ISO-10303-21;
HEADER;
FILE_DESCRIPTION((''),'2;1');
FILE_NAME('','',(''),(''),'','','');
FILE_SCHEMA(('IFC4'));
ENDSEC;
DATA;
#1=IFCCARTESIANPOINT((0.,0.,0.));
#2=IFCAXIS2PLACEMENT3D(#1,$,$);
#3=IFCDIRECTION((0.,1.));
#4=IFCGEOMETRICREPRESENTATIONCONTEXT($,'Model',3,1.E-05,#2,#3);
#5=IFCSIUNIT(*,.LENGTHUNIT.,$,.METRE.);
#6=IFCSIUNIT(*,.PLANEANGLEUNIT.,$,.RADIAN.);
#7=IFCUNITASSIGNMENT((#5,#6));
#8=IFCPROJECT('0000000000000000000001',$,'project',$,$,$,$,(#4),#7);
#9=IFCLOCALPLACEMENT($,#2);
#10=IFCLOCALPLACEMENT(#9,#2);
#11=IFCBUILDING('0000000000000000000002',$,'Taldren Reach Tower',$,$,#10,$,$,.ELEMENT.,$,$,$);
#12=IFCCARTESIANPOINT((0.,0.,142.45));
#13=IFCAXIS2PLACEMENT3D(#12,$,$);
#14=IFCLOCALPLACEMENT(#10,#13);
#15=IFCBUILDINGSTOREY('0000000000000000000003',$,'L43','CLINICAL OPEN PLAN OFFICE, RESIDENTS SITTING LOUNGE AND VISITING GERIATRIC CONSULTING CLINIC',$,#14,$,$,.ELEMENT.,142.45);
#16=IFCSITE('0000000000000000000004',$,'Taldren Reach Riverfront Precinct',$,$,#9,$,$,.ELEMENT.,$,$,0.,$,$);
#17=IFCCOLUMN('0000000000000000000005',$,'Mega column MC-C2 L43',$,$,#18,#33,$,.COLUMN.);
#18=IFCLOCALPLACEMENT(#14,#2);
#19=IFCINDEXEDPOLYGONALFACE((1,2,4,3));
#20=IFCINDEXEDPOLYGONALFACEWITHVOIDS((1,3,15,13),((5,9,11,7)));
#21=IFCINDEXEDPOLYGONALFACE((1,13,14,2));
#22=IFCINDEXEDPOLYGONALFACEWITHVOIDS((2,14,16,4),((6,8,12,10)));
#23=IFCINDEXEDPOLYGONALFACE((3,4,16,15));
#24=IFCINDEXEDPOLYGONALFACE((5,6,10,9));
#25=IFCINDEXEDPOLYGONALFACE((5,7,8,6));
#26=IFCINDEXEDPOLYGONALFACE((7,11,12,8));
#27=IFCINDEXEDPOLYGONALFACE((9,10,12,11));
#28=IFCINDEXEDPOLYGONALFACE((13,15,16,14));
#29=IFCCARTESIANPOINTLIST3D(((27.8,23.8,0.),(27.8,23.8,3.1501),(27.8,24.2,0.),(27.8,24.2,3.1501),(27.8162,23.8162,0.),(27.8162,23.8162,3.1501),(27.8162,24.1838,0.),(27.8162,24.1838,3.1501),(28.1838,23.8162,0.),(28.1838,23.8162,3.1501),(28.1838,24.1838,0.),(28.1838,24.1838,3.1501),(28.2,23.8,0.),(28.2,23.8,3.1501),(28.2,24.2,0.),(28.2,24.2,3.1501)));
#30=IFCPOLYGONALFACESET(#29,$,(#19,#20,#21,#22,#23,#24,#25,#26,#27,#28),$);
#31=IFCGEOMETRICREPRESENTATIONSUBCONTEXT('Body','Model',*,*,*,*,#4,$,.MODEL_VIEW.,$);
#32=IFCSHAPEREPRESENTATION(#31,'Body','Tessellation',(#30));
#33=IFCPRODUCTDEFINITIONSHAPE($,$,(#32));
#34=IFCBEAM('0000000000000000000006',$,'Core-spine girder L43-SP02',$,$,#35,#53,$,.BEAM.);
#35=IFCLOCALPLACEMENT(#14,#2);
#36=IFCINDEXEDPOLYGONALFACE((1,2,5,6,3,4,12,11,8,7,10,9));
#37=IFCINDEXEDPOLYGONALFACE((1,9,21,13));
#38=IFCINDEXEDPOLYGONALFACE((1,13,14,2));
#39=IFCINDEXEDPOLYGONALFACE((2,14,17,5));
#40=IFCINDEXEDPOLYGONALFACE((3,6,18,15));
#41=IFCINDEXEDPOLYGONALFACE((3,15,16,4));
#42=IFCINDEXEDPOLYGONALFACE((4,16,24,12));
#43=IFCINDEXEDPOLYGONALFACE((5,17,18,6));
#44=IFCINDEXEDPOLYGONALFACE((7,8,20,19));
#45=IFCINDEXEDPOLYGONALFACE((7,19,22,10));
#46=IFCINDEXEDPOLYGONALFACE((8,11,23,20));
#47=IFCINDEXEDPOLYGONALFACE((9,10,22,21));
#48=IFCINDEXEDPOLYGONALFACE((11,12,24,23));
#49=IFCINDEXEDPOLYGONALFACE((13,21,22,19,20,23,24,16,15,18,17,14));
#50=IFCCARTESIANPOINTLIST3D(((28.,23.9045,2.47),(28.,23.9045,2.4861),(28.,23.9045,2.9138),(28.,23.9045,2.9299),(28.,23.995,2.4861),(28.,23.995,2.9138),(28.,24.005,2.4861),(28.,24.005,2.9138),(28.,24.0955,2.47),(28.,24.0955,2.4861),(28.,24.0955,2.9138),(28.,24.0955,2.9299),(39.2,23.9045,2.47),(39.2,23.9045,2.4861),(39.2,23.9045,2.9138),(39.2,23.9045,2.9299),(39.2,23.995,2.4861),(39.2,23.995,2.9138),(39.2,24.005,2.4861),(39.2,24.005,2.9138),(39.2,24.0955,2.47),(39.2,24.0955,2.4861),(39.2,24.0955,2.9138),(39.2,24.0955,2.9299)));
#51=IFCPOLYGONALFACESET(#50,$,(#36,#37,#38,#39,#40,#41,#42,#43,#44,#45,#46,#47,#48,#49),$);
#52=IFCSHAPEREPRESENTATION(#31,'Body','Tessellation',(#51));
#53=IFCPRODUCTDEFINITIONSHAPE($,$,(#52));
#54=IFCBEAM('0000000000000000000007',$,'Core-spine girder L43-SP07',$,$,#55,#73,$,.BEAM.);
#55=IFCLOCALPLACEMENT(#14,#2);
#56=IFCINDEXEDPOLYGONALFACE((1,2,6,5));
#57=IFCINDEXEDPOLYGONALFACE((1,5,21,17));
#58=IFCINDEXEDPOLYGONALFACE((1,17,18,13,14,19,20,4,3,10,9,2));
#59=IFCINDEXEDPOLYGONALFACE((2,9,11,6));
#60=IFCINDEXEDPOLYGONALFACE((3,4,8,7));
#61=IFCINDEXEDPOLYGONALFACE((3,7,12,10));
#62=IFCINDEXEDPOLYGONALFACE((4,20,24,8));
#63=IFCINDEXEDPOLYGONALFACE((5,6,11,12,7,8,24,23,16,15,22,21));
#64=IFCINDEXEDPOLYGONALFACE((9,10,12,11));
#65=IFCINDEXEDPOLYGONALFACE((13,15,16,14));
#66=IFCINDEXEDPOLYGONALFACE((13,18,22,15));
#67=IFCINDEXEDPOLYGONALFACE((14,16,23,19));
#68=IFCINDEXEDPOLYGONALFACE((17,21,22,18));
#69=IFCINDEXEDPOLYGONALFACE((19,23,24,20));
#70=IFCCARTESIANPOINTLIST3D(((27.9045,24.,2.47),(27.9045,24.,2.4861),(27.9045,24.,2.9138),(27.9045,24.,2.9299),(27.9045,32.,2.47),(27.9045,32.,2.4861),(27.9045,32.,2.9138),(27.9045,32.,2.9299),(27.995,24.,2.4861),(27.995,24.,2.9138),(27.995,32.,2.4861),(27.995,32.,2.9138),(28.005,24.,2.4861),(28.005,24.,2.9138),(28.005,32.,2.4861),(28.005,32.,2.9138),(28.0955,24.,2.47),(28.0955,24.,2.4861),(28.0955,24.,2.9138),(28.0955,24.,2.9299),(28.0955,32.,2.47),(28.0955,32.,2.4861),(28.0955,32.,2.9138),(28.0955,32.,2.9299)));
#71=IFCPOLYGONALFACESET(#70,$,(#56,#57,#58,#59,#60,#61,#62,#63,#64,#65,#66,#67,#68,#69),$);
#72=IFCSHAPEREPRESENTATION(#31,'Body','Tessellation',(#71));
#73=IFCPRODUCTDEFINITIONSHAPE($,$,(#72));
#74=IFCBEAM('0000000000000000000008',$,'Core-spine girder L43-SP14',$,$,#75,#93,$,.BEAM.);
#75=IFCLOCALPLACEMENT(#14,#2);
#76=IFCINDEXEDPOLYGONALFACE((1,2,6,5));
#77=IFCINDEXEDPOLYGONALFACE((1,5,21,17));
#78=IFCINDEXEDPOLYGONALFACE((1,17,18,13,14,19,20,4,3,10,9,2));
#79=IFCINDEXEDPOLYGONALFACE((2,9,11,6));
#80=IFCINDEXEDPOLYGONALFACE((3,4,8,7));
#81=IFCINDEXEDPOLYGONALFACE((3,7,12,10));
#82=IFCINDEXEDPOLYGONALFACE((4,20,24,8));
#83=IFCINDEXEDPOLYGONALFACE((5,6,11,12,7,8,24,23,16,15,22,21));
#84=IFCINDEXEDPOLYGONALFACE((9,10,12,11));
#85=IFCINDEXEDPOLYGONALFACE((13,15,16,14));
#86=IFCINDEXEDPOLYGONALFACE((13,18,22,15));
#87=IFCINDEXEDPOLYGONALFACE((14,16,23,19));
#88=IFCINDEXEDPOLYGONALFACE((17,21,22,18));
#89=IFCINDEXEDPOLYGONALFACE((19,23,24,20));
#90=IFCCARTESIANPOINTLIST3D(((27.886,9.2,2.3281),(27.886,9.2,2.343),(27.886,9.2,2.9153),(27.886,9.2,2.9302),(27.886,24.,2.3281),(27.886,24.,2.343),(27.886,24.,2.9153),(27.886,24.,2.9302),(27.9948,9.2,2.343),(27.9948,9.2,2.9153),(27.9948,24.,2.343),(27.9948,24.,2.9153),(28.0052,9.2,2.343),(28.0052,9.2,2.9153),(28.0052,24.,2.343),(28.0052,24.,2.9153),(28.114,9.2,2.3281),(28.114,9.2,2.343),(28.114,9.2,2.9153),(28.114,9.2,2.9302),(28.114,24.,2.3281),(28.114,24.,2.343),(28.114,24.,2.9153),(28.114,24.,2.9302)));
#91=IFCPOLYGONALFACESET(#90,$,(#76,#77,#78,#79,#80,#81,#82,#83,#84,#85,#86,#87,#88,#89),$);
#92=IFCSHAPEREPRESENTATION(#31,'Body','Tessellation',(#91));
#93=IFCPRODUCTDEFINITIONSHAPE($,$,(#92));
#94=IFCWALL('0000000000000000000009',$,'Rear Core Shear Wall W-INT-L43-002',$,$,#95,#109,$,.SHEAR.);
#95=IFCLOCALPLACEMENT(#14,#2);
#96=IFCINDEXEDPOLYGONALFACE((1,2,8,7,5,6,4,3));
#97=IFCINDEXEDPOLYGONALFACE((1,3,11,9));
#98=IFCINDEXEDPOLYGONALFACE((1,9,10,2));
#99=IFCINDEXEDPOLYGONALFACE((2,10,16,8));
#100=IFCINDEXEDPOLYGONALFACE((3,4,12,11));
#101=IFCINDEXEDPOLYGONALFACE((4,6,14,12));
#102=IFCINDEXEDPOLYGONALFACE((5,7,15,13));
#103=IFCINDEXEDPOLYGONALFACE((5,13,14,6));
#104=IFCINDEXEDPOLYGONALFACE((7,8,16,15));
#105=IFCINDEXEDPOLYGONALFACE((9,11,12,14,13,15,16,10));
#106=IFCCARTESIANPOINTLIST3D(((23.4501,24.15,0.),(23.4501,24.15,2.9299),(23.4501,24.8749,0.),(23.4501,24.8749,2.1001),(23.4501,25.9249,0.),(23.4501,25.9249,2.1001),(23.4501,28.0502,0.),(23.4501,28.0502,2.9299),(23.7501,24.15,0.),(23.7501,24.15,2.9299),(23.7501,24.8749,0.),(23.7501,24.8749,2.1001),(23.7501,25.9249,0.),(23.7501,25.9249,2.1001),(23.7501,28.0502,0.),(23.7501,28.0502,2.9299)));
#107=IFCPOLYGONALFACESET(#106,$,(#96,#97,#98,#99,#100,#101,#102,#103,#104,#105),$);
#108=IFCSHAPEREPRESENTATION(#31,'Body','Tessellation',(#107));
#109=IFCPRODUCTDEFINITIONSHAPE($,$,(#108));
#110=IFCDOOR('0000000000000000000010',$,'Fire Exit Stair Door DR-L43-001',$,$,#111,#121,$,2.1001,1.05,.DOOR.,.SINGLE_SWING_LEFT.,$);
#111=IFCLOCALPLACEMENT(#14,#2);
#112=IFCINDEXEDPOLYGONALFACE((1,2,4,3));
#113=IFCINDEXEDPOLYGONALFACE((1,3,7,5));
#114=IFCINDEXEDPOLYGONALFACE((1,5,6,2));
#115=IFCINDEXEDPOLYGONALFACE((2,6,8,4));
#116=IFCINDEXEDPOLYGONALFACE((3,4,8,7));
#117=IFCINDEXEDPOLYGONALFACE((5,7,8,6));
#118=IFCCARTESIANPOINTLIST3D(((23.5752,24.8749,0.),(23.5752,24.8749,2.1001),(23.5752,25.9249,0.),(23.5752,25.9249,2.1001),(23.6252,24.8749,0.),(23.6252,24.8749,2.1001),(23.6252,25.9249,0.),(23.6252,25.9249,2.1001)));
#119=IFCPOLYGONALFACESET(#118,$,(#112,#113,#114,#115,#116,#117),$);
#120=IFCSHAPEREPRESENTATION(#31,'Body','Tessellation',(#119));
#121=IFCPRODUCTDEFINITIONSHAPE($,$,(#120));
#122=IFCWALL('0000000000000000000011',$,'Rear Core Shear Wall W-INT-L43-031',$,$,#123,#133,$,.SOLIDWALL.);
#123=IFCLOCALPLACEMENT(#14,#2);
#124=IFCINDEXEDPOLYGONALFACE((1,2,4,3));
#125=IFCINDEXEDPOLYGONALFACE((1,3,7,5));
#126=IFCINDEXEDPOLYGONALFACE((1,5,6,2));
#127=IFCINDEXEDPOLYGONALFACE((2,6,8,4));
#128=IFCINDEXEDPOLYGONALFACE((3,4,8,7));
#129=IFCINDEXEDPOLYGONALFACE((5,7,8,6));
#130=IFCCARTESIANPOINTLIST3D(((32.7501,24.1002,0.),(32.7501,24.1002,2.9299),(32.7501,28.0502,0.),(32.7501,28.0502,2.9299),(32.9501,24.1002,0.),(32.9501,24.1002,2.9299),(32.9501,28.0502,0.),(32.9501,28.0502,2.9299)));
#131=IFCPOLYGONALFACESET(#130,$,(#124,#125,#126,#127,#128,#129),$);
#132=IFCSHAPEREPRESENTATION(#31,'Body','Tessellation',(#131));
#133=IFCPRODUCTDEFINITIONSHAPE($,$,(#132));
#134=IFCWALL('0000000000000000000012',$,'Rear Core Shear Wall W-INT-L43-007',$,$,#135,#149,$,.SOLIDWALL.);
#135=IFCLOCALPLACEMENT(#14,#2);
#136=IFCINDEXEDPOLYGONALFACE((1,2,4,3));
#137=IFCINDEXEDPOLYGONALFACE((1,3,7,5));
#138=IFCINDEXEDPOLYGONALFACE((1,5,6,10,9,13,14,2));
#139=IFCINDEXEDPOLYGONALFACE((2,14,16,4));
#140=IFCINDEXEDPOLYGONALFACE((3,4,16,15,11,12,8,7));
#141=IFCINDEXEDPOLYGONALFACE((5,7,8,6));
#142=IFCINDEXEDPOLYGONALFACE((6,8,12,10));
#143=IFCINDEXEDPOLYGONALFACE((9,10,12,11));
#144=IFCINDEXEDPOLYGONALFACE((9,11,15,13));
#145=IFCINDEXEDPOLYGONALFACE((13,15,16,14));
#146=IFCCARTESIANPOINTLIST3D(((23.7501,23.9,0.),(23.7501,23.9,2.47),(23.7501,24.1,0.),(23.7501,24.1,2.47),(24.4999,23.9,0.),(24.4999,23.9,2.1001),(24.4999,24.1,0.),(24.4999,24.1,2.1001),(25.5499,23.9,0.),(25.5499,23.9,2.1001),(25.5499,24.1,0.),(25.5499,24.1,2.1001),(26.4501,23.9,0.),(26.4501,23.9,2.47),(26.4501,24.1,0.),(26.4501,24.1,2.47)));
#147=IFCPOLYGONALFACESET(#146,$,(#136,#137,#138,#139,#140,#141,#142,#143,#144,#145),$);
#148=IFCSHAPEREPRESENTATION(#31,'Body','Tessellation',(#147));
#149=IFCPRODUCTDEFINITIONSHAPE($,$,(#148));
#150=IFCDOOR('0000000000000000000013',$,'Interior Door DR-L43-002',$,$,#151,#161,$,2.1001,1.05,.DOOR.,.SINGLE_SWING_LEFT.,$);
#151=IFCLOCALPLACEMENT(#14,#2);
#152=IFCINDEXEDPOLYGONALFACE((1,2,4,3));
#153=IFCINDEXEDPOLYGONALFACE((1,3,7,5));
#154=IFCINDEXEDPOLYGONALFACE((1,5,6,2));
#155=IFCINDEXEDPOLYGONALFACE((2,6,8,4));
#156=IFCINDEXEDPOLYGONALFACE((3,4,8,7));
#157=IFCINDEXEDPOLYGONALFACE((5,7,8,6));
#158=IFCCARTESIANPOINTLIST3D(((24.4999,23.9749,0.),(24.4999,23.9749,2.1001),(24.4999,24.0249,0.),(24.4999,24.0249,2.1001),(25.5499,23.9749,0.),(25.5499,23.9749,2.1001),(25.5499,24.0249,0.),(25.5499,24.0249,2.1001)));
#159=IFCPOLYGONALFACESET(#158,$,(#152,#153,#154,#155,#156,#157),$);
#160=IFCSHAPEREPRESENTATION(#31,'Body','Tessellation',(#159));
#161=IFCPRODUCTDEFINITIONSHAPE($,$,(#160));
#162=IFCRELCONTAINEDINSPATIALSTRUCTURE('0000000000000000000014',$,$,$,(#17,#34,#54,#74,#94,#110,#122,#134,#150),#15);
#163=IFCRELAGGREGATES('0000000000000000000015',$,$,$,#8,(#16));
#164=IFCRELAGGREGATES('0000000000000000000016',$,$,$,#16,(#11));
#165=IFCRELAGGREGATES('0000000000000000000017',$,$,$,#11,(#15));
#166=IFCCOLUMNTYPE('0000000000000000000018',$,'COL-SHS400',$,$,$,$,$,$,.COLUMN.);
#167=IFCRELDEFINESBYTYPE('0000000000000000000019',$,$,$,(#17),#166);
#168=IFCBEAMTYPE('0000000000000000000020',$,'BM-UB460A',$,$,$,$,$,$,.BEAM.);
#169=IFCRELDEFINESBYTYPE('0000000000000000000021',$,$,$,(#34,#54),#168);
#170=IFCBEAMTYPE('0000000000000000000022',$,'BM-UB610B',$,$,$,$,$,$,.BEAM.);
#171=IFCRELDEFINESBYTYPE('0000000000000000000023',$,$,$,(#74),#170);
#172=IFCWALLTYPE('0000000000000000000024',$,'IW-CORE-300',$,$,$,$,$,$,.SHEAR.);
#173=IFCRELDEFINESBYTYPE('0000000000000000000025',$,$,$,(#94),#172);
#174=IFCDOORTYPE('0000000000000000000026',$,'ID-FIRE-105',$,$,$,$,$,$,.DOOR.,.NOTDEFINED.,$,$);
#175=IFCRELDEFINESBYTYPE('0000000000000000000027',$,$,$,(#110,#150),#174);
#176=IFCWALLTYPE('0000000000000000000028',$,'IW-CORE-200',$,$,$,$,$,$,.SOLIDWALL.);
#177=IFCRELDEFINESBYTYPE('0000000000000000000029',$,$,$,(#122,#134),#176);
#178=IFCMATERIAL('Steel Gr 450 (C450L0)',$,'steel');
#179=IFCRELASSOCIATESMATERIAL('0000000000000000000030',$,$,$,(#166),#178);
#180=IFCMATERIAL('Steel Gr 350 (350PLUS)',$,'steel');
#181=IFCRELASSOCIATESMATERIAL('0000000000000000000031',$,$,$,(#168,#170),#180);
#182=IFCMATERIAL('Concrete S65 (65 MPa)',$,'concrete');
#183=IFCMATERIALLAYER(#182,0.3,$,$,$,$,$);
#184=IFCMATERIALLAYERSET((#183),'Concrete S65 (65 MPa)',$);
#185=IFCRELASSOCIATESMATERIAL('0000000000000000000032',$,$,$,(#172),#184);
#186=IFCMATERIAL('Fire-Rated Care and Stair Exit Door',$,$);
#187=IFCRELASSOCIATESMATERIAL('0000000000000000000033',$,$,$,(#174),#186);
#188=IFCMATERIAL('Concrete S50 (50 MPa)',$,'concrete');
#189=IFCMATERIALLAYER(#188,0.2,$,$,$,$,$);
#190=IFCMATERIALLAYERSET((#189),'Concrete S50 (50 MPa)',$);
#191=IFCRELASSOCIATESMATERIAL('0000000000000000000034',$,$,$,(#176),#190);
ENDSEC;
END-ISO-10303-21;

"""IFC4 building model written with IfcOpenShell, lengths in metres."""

from ifc_helpers import new_model, si_unit, direction, frame, frame_2d, origin, origin_2d, place, context, subcontext, project, spatial, rectangle, hollow_rectangle, i_section, extrude, source, transform, mapped, material, layer, layer_set, material_profile, profile_set, type_object, element, fill, save


model = new_model("IFC4")

# Units and contexts
model_context = context("Model", 3, precision=1e-05, world=origin(), true_north=direction((0.0, 1.0)))
body_context = subcontext(model_context, "Body", "Model", "MODEL_VIEW")
ifc_project = project(units=[si_unit("LENGTHUNIT", "METRE"), si_unit("PLANEANGLEUNIT", "RADIAN")], contexts=[model_context])

# Site, building, storey
site_placement = place(None, origin())
site = spatial("IfcSite", under=ifc_project, at=site_placement, Name="Taldren Reach Riverfront Precinct", CompositionType="ELEMENT", RefElevation=0.0)
building_placement = place(site_placement, origin())
building = spatial("IfcBuilding", under=site, at=building_placement, Name="Taldren Reach Tower", CompositionType="ELEMENT")
storey_placement = place(building_placement, frame((0.0, 0.0, 142.45)))
storey = spatial("IfcBuildingStorey", under=building, at=storey_placement, Name="L43", Description="CLINICAL OPEN PLAN OFFICE, RESIDENTS SITTING LOUNGE AND VISITING GERIATRIC CONSULTING CLINIC", CompositionType="ELEMENT", Elevation=142.45)

# Column
ifc_material_1 = material(Name="Steel Gr 450 (C450L0)", Category="steel")
ifc_material_profile_1 = material_profile(ifc_material_1, hollow_rectangle(XDim=0.3999, YDim=0.3999, WallThickness=0.0161, at=origin_2d()), Name="400x400x16.0SHS")
ifc_profile_set_1 = profile_set([ifc_material_profile_1], Name="Steel Gr 450 (C450L0)")
column_type = type_object("IfcColumnType", Name="COL-SHS400", PredefinedType="COLUMN", material=ifc_profile_set_1)
shared_shape_1 = source(origin(), body_context, "Body", "SweptSolid", [
    extrude(hollow_rectangle(XDim=0.3999, YDim=0.3999, WallThickness=0.0161, at=origin_2d()), origin(), (0.0, 0.0, 1.0), 3.1501),
])
column_placement = place(storey_placement, frame((28.0, 24.0, 0.0), z_axis=(0.0, 0.0, 1.0), x_axis=(1.0, 0.0, 0.0)))
element("IfcColumn", 1, at=column_placement, inside=storey, type_object=column_type, Name="Mega column MC-C2 L43", PredefinedType="COLUMN", context=body_context, shape_type="MappedRepresentation", body=[
    mapped(shared_shape_1, transform((0.0, 0.0, 0.0), scale=1.0)),
])

# Beams
ifc_material_2 = material(Name="Steel Gr 350 (350PLUS)", Category="steel")
ifc_material_profile_2 = material_profile(ifc_material_2, i_section(OverallWidth=0.1909, OverallDepth=0.46, WebThickness=0.01, FlangeThickness=0.0161, at=origin_2d()), Name="460UB82.1")
ifc_profile_set_2 = profile_set([ifc_material_profile_2], Name="Steel Gr 350 (350PLUS)")
beam_type_1 = type_object("IfcBeamType", Name="BM-UB460A", PredefinedType="BEAM", material=ifc_profile_set_2)
shared_shape_2 = source(origin(), body_context, "Body", "SweptSolid", [
    extrude(i_section(OverallWidth=0.1909, OverallDepth=0.46, WebThickness=0.01, FlangeThickness=0.0161, at=origin_2d()), origin(), (0.0, 0.0, 1.0), 11.2),
])
beam_1_placement = place(storey_placement, frame((28.0, 24.0, 2.7), z_axis=(1.0, 0.0, 0.0), x_axis=(0.0, 1.0, 0.0)))
element("IfcBeam", 2, at=beam_1_placement, inside=storey, type_object=beam_type_1, Name="Core-spine girder L43-SP02", PredefinedType="BEAM", context=body_context, shape_type="MappedRepresentation", body=[
    mapped(shared_shape_2, transform((0.0, 0.0, 0.0), scale=1.0)),
])
shared_shape_3 = source(origin(), body_context, "Body", "SweptSolid", [
    extrude(i_section(OverallWidth=0.1909, OverallDepth=0.46, WebThickness=0.01, FlangeThickness=0.0161, at=origin_2d()), origin(), (0.0, 0.0, 1.0), 8.0),
])
beam_2_placement = place(storey_placement, frame((28.0, 24.0, 2.7), z_axis=(0.0, 1.0, 0.0), x_axis=(-1.0, 0.0, 0.0)))
element("IfcBeam", 3, at=beam_2_placement, inside=storey, type_object=beam_type_1, Name="Core-spine girder L43-SP07", PredefinedType="BEAM", context=body_context, shape_type="MappedRepresentation", body=[
    mapped(shared_shape_3, transform((0.0, 0.0, 0.0), scale=1.0)),
])
ifc_material_profile_3 = material_profile(ifc_material_2, i_section(OverallWidth=0.228, OverallDepth=0.6021, WebThickness=0.0105, FlangeThickness=0.0149, at=origin_2d()), Name="610UB101")
ifc_profile_set_3 = profile_set([ifc_material_profile_3], Name="Steel Gr 350 (350PLUS)")
beam_type_2 = type_object("IfcBeamType", Name="BM-UB610B", PredefinedType="BEAM", material=ifc_profile_set_3)
shared_shape_4 = source(origin(), body_context, "Body", "SweptSolid", [
    extrude(i_section(OverallWidth=0.228, OverallDepth=0.6021, WebThickness=0.0105, FlangeThickness=0.0149, at=origin_2d()), origin(), (0.0, 0.0, 1.0), 14.8),
])
beam_3_placement = place(storey_placement, frame((28.0, 24.0, 2.6292), z_axis=(0.0, -1.0, 0.0), x_axis=(1.0, 0.0, 0.0)))
element("IfcBeam", 4, at=beam_3_placement, inside=storey, type_object=beam_type_2, Name="Core-spine girder L43-SP14", PredefinedType="BEAM", context=body_context, shape_type="MappedRepresentation", body=[
    mapped(shared_shape_4, transform((0.0, 0.0, 0.0), scale=1.0)),
])

# Wall, opening, door
ifc_material_3 = material(Name="Concrete S65 (65 MPa)", Category="concrete")
ifc_layer_1 = layer(ifc_material_3, 0.3)
ifc_layer_set_1 = layer_set([ifc_layer_1], Name="Concrete S65 (65 MPa)")
wall_type_1 = type_object("IfcWallType", Name="IW-CORE-300", PredefinedType="SHEAR", material=ifc_layer_set_1)
shared_shape_5 = source(origin(), body_context, "Body", "SweptSolid", [
    extrude(rectangle(XDim=3.9001, YDim=0.3, at=frame_2d((1.9502, 0.0))), origin(), (0.0, 0.0, 1.0), 2.9299),
])
wall_1_placement = place(storey_placement, frame((23.6001, 24.1499, 0.0), z_axis=(0.0, 0.0, 1.0), x_axis=(0.0, 1.0, 0.0)))
wall_1 = element("IfcWall", 5, at=wall_1_placement, inside=storey, type_object=wall_type_1, Name="Rear Core Shear Wall W-INT-L43-002", PredefinedType="SHEAR", context=body_context, shape_type="MappedRepresentation", body=[
    mapped(shared_shape_5, transform((0.0, 0.0, 0.0), scale=1.0)),
])
shared_shape_6 = source(origin(), body_context, "Body", "SweptSolid", [
    extrude(rectangle(XDim=1.05, YDim=2.1001, at=frame_2d((0.5249, 1.05))), frame((0.0, 0.1602, 0.0), z_axis=(0.0, -1.0, 0.0), x_axis=(1.0, 0.0, 0.0)), (0.0, 0.0, 1.0), 0.3201),
])
opening_1_placement = place(wall_1_placement, frame((0.7251, 0.0, 0.0)))
opening_1 = element("IfcOpeningElement", 6, at=opening_1_placement, cuts=wall_1, PredefinedType="OPENING", context=body_context, shape_type="MappedRepresentation", body=[
    mapped(shared_shape_6, transform((0.0, 0.0, 0.0), scale=1.0)),
])
ifc_material_4 = material(Name="Fire-Rated Care and Stair Exit Door")
door_type_1 = type_object("IfcDoorType", Name="ID-FIRE-105", OperationType="NOTDEFINED", PredefinedType="DOOR", material=ifc_material_4)
shared_shape_7 = source(origin(), body_context, "Body", "SweptSolid", [
    extrude(rectangle(XDim=1.05, YDim=2.1001, at=frame_2d((0.5249, 1.05))), frame((0.0, 0.0249, 0.0), z_axis=(0.0, -1.0, 0.0), x_axis=(1.0, 0.0, 0.0)), (0.0, 0.0, 1.0), 0.05),
])
door_1_placement = place(opening_1_placement, origin())
door_1 = element("IfcDoor", 7, at=door_1_placement, inside=storey, type_object=door_type_1, Name="Fire Exit Stair Door DR-L43-001", OperationType="SINGLE_SWING_LEFT", OverallHeight=2.1001, OverallWidth=1.05, PredefinedType="DOOR", context=body_context, shape_type="MappedRepresentation", body=[
    mapped(shared_shape_7, transform((0.0, 0.0, 0.0), scale=1.0)),
])
fill(opening_1, door_1)

# Wall
ifc_material_5 = material(Name="Concrete S50 (50 MPa)", Category="concrete")
ifc_layer_2 = layer(ifc_material_5, 0.2)
ifc_layer_set_2 = layer_set([ifc_layer_2], Name="Concrete S50 (50 MPa)")
wall_type_2 = type_object("IfcWallType", Name="IW-CORE-200", PredefinedType="SOLIDWALL", material=ifc_layer_set_2)
shared_shape_8 = source(origin(), body_context, "Body", "SweptSolid", [
    extrude(rectangle(XDim=3.95, YDim=0.2, at=frame_2d((1.9751, 0.0))), origin(), (0.0, 0.0, 1.0), 2.9299),
])
wall_2_placement = place(storey_placement, frame((32.8501, 24.1001, 0.0), z_axis=(0.0, 0.0, 1.0), x_axis=(0.0, 1.0, 0.0)))
element("IfcWall", 8, at=wall_2_placement, inside=storey, type_object=wall_type_2, Name="Rear Core Shear Wall W-INT-L43-031", PredefinedType="SOLIDWALL", context=body_context, shape_type="MappedRepresentation", body=[
    mapped(shared_shape_8, transform((0.0, 0.0, 0.0), scale=1.0)),
])

# Wall, opening, door
shared_shape_9 = source(origin(), body_context, "Body", "SweptSolid", [
    extrude(rectangle(XDim=2.7, YDim=0.2, at=frame_2d((1.3501, 0.0))), origin(), (0.0, 0.0, 1.0), 2.47),
])
wall_3_placement = place(storey_placement, frame((23.75, 24.0, 0.0), z_axis=(0.0, 0.0, 1.0), x_axis=(1.0, 0.0, 0.0)))
wall_3 = element("IfcWall", 9, at=wall_3_placement, inside=storey, type_object=wall_type_2, Name="Rear Core Shear Wall W-INT-L43-007", PredefinedType="SOLIDWALL", context=body_context, shape_type="MappedRepresentation", body=[
    mapped(shared_shape_9, transform((0.0, 0.0, 0.0), scale=1.0)),
])
shared_shape_10 = source(origin(), body_context, "Body", "SweptSolid", [
    extrude(rectangle(XDim=1.05, YDim=2.1001, at=frame_2d((0.5249, 1.05))), frame((0.0, 0.1099, 0.0), z_axis=(0.0, -1.0, 0.0), x_axis=(1.0, 0.0, 0.0)), (0.0, 0.0, 1.0), 0.22),
])
opening_2_placement = place(wall_3_placement, frame((0.75, 0.0, 0.0)))
opening_2 = element("IfcOpeningElement", 10, at=opening_2_placement, cuts=wall_3, PredefinedType="OPENING", context=body_context, shape_type="MappedRepresentation", body=[
    mapped(shared_shape_10, transform((0.0, 0.0, 0.0), scale=1.0)),
])
door_2_placement = place(opening_2_placement, origin())
door_2 = element("IfcDoor", 11, at=door_2_placement, inside=storey, type_object=door_type_1, Name="Interior Door DR-L43-002", OperationType="SINGLE_SWING_LEFT", OverallHeight=2.1001, OverallWidth=1.05, PredefinedType="DOOR", context=body_context, shape_type="MappedRepresentation", body=[
    mapped(shared_shape_7, transform((0.0, 0.0, 0.0), scale=1.0)),
])
fill(opening_2, door_2)

save(model, "model.ifc")
